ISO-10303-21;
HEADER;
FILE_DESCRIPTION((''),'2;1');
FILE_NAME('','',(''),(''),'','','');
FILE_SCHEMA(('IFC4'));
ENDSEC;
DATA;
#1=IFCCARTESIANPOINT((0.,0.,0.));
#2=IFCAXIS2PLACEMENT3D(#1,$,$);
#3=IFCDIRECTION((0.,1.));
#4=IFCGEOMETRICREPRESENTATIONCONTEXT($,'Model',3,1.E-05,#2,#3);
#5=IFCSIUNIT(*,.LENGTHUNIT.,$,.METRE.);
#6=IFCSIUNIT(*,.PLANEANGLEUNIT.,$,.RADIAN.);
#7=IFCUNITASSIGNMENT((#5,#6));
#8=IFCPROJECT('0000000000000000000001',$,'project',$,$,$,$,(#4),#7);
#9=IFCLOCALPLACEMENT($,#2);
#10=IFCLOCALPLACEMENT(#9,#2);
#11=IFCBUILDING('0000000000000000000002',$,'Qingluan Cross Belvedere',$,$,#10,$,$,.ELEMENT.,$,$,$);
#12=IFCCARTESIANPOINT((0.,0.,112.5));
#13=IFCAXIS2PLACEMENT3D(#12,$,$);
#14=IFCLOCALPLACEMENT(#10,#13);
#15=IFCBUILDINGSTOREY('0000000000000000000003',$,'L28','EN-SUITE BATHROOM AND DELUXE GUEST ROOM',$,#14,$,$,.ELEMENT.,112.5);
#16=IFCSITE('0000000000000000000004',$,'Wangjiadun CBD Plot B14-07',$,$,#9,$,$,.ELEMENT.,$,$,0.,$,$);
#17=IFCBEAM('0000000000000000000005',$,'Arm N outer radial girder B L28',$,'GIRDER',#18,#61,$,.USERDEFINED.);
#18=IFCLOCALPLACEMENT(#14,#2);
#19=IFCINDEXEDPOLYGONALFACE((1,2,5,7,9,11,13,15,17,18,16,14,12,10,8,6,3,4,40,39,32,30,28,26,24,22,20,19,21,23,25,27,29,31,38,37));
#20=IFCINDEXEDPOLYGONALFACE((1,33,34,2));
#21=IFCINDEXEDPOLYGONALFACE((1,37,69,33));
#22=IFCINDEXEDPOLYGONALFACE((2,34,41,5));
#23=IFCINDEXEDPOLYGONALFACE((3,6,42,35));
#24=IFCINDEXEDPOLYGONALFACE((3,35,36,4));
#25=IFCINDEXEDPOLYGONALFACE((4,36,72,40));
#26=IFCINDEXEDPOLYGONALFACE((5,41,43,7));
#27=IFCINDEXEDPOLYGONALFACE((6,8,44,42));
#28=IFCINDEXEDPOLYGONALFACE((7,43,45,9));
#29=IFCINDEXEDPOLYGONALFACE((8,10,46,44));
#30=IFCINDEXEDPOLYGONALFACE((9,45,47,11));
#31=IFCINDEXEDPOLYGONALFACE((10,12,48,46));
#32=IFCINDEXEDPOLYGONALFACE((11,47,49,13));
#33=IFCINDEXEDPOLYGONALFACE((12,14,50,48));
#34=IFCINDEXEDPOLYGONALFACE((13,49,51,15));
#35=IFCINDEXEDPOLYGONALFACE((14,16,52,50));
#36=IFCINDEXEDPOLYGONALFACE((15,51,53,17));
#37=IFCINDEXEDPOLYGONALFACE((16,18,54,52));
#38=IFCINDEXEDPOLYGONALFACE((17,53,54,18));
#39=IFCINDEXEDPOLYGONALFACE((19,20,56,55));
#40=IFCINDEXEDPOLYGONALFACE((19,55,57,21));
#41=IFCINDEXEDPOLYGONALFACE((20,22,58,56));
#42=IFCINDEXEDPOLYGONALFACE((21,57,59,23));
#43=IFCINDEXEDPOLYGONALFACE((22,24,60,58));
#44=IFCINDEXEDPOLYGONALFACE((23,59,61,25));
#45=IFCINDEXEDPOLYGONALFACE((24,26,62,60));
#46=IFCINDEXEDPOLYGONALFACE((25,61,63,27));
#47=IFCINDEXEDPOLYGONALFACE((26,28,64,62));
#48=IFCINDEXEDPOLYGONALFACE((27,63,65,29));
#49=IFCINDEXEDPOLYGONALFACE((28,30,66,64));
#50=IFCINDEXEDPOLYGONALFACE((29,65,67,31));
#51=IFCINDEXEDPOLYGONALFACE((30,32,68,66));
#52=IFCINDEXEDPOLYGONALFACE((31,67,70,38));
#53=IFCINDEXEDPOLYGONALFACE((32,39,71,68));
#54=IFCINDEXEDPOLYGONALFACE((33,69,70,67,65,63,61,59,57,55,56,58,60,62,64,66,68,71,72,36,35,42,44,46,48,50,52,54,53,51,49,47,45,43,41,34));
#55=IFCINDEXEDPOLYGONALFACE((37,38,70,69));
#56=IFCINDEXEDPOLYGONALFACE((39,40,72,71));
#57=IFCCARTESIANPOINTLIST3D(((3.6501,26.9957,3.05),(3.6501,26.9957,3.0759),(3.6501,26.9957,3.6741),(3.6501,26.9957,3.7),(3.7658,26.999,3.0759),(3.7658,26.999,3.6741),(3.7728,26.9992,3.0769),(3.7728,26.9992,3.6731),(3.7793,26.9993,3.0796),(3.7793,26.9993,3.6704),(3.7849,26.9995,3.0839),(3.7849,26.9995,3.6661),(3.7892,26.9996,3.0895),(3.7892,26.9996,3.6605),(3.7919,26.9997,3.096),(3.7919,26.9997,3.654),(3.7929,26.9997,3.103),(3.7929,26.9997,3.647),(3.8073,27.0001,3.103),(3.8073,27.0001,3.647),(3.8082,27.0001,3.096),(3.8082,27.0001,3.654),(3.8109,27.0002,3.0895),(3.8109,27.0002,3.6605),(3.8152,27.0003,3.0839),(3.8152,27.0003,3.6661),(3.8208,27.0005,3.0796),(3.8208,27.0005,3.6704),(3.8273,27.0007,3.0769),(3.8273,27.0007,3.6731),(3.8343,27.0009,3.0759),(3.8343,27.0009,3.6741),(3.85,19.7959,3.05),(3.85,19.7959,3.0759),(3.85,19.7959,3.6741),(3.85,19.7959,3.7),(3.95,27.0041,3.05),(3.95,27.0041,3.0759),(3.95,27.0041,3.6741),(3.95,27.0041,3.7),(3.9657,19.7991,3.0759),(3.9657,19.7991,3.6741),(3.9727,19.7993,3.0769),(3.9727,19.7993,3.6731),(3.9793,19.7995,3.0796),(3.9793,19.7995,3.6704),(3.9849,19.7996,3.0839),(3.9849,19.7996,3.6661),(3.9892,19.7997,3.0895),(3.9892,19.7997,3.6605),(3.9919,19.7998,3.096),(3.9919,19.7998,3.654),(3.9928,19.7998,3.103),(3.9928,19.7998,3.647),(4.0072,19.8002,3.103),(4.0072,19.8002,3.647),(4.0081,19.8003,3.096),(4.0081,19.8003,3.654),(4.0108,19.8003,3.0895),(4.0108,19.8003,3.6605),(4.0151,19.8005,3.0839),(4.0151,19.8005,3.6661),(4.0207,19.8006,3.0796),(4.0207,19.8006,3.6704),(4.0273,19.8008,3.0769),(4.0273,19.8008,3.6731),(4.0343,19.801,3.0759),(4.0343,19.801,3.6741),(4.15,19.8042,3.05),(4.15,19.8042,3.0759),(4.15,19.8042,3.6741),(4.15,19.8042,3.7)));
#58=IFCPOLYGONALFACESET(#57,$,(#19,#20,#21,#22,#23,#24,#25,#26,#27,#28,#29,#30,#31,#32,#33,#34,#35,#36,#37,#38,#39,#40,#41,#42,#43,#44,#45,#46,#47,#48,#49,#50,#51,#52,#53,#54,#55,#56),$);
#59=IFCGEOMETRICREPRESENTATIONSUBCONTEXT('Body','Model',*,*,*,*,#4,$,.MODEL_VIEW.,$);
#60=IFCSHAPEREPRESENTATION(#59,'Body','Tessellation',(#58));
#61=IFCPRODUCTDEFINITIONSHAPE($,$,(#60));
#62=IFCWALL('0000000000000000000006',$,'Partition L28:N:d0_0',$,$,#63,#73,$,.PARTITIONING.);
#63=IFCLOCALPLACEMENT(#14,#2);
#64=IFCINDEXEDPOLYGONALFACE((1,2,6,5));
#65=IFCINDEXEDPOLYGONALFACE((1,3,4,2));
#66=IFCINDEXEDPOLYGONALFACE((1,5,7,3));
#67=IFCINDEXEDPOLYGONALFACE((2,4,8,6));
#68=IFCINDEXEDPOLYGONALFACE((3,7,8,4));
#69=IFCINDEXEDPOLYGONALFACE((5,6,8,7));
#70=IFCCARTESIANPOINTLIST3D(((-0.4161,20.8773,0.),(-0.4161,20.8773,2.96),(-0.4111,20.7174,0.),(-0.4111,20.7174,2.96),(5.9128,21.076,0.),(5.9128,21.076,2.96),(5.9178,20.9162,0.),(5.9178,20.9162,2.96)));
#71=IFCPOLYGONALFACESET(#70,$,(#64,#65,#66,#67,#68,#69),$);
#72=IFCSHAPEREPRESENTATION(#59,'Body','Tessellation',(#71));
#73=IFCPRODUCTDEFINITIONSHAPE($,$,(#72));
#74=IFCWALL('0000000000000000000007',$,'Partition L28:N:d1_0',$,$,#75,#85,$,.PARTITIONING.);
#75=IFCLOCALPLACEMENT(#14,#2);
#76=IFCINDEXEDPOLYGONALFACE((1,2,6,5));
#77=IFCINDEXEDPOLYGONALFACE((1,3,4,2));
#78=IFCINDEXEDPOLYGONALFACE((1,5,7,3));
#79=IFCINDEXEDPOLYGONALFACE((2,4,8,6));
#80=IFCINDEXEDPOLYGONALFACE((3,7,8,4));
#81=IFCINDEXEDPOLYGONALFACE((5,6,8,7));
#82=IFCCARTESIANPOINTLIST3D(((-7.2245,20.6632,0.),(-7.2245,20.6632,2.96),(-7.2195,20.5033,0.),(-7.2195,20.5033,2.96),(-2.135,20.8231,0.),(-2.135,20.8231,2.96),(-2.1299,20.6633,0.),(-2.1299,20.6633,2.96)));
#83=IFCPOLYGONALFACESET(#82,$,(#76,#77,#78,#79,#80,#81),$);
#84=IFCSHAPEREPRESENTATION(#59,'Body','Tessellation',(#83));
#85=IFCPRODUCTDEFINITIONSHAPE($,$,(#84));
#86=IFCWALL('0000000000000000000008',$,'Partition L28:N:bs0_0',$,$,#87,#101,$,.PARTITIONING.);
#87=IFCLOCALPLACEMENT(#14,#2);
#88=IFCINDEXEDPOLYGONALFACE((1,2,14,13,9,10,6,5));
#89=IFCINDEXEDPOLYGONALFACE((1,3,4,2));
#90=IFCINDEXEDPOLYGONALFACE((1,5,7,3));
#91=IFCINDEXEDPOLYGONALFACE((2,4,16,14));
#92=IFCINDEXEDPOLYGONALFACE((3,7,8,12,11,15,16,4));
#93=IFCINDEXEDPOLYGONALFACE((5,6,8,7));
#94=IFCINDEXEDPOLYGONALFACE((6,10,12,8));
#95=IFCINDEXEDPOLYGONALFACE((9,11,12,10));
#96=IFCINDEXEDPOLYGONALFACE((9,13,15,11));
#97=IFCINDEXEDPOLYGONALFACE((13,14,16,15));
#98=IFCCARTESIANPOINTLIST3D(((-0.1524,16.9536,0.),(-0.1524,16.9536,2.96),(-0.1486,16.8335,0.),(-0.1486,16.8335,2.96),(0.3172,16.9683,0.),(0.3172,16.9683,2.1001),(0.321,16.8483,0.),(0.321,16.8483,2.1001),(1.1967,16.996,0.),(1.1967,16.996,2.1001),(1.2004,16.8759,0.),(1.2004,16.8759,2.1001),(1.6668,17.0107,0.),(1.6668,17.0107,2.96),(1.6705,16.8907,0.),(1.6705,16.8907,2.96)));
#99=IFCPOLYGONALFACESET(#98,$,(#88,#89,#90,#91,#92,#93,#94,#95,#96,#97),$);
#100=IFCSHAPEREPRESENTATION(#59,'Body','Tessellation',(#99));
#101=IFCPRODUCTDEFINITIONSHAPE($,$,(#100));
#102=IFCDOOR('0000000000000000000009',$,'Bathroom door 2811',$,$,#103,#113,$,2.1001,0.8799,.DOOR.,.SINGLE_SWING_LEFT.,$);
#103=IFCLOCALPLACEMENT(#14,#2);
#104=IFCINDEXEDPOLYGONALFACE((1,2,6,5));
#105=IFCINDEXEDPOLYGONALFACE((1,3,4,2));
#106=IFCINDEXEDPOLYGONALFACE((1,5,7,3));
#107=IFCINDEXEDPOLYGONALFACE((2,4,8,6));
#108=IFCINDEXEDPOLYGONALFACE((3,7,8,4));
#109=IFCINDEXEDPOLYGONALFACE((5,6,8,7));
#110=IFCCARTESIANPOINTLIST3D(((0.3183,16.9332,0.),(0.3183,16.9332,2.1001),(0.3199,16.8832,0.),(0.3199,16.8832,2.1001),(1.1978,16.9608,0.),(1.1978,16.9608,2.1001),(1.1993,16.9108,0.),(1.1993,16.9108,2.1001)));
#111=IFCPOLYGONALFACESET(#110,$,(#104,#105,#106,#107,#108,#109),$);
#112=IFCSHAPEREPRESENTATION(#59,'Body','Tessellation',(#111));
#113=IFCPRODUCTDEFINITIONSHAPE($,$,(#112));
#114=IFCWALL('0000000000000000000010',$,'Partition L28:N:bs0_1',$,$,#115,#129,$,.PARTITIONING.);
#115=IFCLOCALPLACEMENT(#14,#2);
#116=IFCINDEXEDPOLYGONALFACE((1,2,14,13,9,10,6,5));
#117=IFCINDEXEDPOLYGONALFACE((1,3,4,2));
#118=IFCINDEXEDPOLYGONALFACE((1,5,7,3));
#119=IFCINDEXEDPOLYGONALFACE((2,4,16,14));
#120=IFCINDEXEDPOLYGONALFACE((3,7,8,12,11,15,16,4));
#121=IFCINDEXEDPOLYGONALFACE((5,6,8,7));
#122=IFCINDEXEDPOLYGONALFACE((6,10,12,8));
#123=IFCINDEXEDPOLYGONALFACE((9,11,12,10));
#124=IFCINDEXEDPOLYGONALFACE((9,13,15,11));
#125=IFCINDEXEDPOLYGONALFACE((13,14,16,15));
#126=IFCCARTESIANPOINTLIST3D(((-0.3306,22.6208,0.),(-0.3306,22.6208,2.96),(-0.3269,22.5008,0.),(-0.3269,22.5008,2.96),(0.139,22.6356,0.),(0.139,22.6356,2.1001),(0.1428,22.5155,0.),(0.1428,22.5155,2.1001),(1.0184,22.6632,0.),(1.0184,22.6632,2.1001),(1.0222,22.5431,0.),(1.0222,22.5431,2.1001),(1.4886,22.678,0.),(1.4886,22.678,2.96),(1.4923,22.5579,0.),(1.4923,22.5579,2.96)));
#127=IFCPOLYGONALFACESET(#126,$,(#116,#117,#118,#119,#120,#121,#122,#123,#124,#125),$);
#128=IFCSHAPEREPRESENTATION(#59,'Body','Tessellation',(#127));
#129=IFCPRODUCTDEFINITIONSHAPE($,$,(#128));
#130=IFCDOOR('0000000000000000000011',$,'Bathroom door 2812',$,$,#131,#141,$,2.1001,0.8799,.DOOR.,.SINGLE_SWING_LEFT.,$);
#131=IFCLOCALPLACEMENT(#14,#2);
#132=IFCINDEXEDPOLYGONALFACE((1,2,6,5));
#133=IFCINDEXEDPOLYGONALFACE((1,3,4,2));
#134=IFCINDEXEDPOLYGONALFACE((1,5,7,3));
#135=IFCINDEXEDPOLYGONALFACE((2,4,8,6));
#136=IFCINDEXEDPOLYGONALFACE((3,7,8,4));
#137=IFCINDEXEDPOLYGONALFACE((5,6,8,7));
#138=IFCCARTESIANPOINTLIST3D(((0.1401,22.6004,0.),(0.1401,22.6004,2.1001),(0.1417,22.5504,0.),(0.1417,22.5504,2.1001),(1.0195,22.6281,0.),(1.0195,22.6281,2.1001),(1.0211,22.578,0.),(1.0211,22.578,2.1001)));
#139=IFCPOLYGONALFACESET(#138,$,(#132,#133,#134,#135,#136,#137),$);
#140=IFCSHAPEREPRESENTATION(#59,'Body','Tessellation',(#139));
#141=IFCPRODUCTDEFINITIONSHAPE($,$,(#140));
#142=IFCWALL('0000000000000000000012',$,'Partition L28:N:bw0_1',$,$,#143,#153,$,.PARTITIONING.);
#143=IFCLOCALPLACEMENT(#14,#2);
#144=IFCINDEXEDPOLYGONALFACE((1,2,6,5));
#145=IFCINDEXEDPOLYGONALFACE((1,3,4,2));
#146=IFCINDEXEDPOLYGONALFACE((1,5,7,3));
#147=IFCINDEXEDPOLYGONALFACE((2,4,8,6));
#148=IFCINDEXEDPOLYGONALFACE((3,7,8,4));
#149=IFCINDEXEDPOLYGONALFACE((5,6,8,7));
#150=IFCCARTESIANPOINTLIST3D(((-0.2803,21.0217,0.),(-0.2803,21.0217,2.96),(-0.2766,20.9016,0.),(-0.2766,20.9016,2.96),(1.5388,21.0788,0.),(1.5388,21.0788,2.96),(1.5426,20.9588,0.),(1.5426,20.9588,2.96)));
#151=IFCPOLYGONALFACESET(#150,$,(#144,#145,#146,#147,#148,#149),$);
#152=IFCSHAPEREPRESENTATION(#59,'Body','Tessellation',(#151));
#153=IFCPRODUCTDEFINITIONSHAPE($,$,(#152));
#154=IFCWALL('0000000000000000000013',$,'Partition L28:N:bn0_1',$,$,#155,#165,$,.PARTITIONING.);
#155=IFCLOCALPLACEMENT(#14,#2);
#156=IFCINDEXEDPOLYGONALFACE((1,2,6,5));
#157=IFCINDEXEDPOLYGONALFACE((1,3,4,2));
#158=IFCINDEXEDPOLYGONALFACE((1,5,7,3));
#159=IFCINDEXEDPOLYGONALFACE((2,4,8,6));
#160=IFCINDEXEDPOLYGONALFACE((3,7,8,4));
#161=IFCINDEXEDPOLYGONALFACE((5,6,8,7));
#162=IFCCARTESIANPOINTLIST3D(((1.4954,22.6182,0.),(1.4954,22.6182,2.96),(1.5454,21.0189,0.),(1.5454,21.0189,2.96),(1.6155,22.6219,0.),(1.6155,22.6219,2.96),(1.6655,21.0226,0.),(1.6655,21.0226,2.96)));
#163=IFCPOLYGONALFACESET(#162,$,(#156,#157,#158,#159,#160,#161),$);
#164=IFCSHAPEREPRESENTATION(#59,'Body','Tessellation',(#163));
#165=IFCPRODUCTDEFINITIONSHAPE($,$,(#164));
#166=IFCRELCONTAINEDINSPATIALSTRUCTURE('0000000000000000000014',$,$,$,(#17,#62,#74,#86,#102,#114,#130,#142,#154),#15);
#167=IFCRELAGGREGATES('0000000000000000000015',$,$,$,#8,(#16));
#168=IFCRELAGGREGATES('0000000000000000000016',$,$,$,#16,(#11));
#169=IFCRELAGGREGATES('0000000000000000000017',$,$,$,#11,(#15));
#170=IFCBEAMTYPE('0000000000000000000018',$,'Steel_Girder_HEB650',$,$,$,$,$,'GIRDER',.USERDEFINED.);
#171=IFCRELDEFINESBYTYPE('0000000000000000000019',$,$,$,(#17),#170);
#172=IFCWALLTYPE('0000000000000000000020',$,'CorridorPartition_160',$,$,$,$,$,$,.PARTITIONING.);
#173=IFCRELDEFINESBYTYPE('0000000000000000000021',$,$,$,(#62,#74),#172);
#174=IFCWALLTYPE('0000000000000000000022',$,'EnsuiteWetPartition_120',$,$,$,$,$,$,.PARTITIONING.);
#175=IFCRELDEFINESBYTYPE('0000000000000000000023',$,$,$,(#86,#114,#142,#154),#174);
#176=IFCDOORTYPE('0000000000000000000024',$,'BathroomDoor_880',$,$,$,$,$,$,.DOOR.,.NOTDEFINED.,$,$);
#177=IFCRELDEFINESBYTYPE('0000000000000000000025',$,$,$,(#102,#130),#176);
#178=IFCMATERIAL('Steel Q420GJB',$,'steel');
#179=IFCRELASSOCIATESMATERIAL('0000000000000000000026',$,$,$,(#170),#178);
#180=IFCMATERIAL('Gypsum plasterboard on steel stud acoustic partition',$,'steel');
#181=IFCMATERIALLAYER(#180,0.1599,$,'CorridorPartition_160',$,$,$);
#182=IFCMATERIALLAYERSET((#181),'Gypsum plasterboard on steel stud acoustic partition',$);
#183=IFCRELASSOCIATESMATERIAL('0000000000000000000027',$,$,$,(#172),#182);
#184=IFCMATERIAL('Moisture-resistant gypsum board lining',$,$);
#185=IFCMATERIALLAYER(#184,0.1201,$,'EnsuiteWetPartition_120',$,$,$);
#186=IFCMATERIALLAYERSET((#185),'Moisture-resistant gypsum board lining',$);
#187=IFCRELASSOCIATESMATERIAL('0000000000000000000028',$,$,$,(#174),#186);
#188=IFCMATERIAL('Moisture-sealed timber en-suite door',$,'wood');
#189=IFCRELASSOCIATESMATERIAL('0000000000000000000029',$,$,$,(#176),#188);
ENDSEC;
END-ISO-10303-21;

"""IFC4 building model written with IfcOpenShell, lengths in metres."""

from ifc_helpers import new_model, si_unit, direction, frame, frame_2d, origin, origin_2d, place, context, subcontext, project, spatial, rectangle, i_section, extrude, material, layer, layer_set, material_profile, profile_set, type_object, element, fill, save


model = new_model("IFC4")

# Units and contexts
model_context = context("Model", 3, precision=1e-05, world=origin(), true_north=direction((0.0, 1.0)))
body_context = subcontext(model_context, "Body", "Model", "MODEL_VIEW")
ifc_project = project(units=[si_unit("LENGTHUNIT", "METRE"), si_unit("PLANEANGLEUNIT", "RADIAN")], contexts=[model_context])

# Site, building, storey
site_placement = place(None, origin())
site = spatial("IfcSite", under=ifc_project, at=site_placement, Name="Wangjiadun CBD Plot B14-07", CompositionType="ELEMENT", RefElevation=0.0)
building_placement = place(site_placement, origin())
building = spatial("IfcBuilding", under=site, at=building_placement, Name="Qingluan Cross Belvedere", CompositionType="ELEMENT")
storey_placement = place(building_placement, frame((0.0, 0.0, 112.5)))
storey = spatial("IfcBuildingStorey", under=building, at=storey_placement, Name="L28", Description="EN-SUITE BATHROOM AND DELUXE GUEST ROOM", CompositionType="ELEMENT", Elevation=112.5)

# Beam
ifc_material_1 = material(Name="Steel Q420GJB", Category="steel")
ifc_material_profile_1 = material_profile(ifc_material_1, i_section(OverallWidth=0.3, OverallDepth=0.6499, WebThickness=0.0144, FlangeThickness=0.0259, FilletRadius=0.0271, at=origin_2d()), Name="HEB650")
ifc_profile_set_1 = profile_set([ifc_material_profile_1], Name="Steel Q420GJB")
beam_type_1 = type_object("IfcBeamType", Name="Steel_Girder_HEB650", ElementType="GIRDER", PredefinedType="USERDEFINED", material=ifc_profile_set_1)
beam_1_placement = place(storey_placement, frame((4.0, 19.8, 3.375), z_axis=(-0.02776, 0.999615, 0.0), x_axis=(-0.999615, -0.02776, 0.0)))
element("IfcBeam", 1, at=beam_1_placement, inside=storey, type_object=beam_type_1, Name="Arm N outer radial girder B L28", ObjectType="GIRDER", PredefinedType="USERDEFINED", context=body_context, shape_type="SweptSolid", body=[
    extrude(i_section(OverallWidth=0.3, OverallDepth=0.6499, WebThickness=0.0144, FlangeThickness=0.0259, FilletRadius=0.0271, at=origin_2d()), origin(), (0.0, 0.0, 1.0), 7.2026),
])

# Walls
ifc_material_2 = material(Name="Gypsum plasterboard on steel stud acoustic partition", Category="steel")
ifc_layer_1 = layer(ifc_material_2, 0.1599, Name="CorridorPartition_160")
ifc_layer_set_1 = layer_set([ifc_layer_1], Name="Gypsum plasterboard on steel stud acoustic partition")
wall_type_1 = type_object("IfcWallType", Name="CorridorPartition_160", PredefinedType="PARTITIONING", material=ifc_layer_set_1)
wall_1_placement = place(storey_placement, frame((-0.4136, 20.7974, 0.0), z_axis=(0.0, 0.0, 1.0), x_axis=(0.999507, 0.031385, 0.0)))
element("IfcWall", 2, at=wall_1_placement, inside=storey, type_object=wall_type_1, Name="Partition L28:N:d0_0", PredefinedType="PARTITIONING", context=body_context, shape_type="SweptSolid", body=[
    extrude(rectangle(XDim=6.332, YDim=0.1599, at=frame_2d((3.166, 0.0))), origin(), (0.0, 0.0, 1.0), 2.96),
])
wall_2_placement = place(storey_placement, frame((-2.1326, 20.7432, 0.0), z_axis=(0.0, 0.0, 1.0), x_axis=(-0.999507, -0.031404, 0.0)))
element("IfcWall", 3, at=wall_2_placement, inside=storey, type_object=wall_type_1, Name="Partition L28:N:d1_0", PredefinedType="PARTITIONING", context=body_context, shape_type="SweptSolid", body=[
    extrude(rectangle(XDim=5.092, YDim=0.1599, at=frame_2d((2.5459, 0.0))), origin(), (0.0, 0.0, 1.0), 2.96),
])

# Walls, openings, doors
ifc_material_3 = material(Name="Moisture-resistant gypsum board lining")
ifc_layer_2 = layer(ifc_material_3, 0.1201, Name="EnsuiteWetPartition_120")
ifc_layer_set_2 = layer_set([ifc_layer_2], Name="Moisture-resistant gypsum board lining")
wall_type_2 = type_object("IfcWallType", Name="EnsuiteWetPartition_120", PredefinedType="PARTITIONING", material=ifc_layer_set_2)
wall_3_placement = place(storey_placement, frame((-0.1506, 16.8936, 0.0), z_axis=(0.0, 0.0, 1.0), x_axis=(0.999507, 0.03139, 0.0)))
wall_3 = element("IfcWall", 4, at=wall_3_placement, inside=storey, type_object=wall_type_2, Name="Partition L28:N:bs0_0", PredefinedType="PARTITIONING", context=body_context, shape_type="SweptSolid", body=[
    extrude(rectangle(XDim=1.8201, YDim=0.1201, at=frame_2d((0.9102, 0.0))), origin(), (0.0, 0.0, 1.0), 2.96),
])
opening_1_placement = place(wall_3_placement, frame((0.47, 0.0, 0.0)))
opening_1 = element("IfcOpeningElement", 5, at=opening_1_placement, cuts=wall_3, PredefinedType="OPENING", context=body_context, shape_type="SweptSolid", body=[
    extrude(rectangle(XDim=0.8799, YDim=2.1001, at=frame_2d((0.4399, 1.05))), frame((0.0, 0.0701, 0.0), z_axis=(0.0, -1.0, 0.0), x_axis=(1.0, 0.0, 0.0)), (0.0, 0.0, 1.0), 0.1401),
])
ifc_material_4 = material(Name="Moisture-sealed timber en-suite door", Category="wood")
door_type = type_object("IfcDoorType", Name="BathroomDoor_880", OperationType="NOTDEFINED", PredefinedType="DOOR", material=ifc_material_4)
door_1_placement = place(opening_1_placement, origin())
door_1 = element("IfcDoor", 6, at=door_1_placement, inside=storey, type_object=door_type, Name="Bathroom door 2811", OperationType="SINGLE_SWING_LEFT", OverallHeight=2.1001, OverallWidth=0.8799, PredefinedType="DOOR", context=body_context, shape_type="SweptSolid", body=[
    extrude(rectangle(XDim=0.8799, YDim=2.1001, at=frame_2d((0.4399, 1.05))), frame((0.0, 0.0249, 0.0), z_axis=(0.0, -1.0, 0.0), x_axis=(1.0, 0.0, 0.0)), (0.0, 0.0, 1.0), 0.05),
])
fill(opening_1, door_1)
wall_4_placement = place(storey_placement, frame((-0.3289, 22.5608, 0.0), z_axis=(0.0, 0.0, 1.0), x_axis=(0.999507, 0.03139, 0.0)))
wall_4 = element("IfcWall", 7, at=wall_4_placement, inside=storey, type_object=wall_type_2, Name="Partition L28:N:bs0_1", PredefinedType="PARTITIONING", context=body_context, shape_type="SweptSolid", body=[
    extrude(rectangle(XDim=1.8201, YDim=0.1201, at=frame_2d((0.9102, 0.0))), origin(), (0.0, 0.0, 1.0), 2.96),
])
opening_2_placement = place(wall_4_placement, frame((0.47, 0.0, 0.0)))
opening_2 = element("IfcOpeningElement", 8, at=opening_2_placement, cuts=wall_4, PredefinedType="OPENING", context=body_context, shape_type="SweptSolid", body=[
    extrude(rectangle(XDim=0.8799, YDim=2.1001, at=frame_2d((0.4399, 1.05))), frame((0.0, 0.0701, 0.0), z_axis=(0.0, -1.0, 0.0), x_axis=(1.0, 0.0, 0.0)), (0.0, 0.0, 1.0), 0.1401),
])
door_2_placement = place(opening_2_placement, origin())
door_2 = element("IfcDoor", 9, at=door_2_placement, inside=storey, type_object=door_type, Name="Bathroom door 2812", OperationType="SINGLE_SWING_LEFT", OverallHeight=2.1001, OverallWidth=0.8799, PredefinedType="DOOR", context=body_context, shape_type="SweptSolid", body=[
    extrude(rectangle(XDim=0.8799, YDim=2.1001, at=frame_2d((0.4399, 1.05))), frame((0.0, 0.0249, 0.0), z_axis=(0.0, -1.0, 0.0), x_axis=(1.0, 0.0, 0.0)), (0.0, 0.0, 1.0), 0.05),
])
fill(opening_2, door_2)

# Walls
wall_5_placement = place(storey_placement, frame((-0.2786, 20.9617, 0.0), z_axis=(0.0, 0.0, 1.0), x_axis=(0.999507, 0.03139, 0.0)))
element("IfcWall", 10, at=wall_5_placement, inside=storey, type_object=wall_type_2, Name="Partition L28:N:bw0_1", PredefinedType="PARTITIONING", context=body_context, shape_type="SweptSolid", body=[
    extrude(rectangle(XDim=1.8201, YDim=0.1201, at=frame_2d((0.9102, 0.0))), origin(), (0.0, 0.0, 1.0), 2.96),
])
wall_6_placement = place(storey_placement, frame((1.6055, 21.0208, 0.0), z_axis=(0.0, 0.0, 1.0), x_axis=(-0.031278, 0.999511, 0.0)))
element("IfcWall", 11, at=wall_6_placement, inside=storey, type_object=wall_type_2, Name="Partition L28:N:bn0_1", PredefinedType="PARTITIONING", context=body_context, shape_type="SweptSolid", body=[
    extrude(rectangle(XDim=1.6001, YDim=0.1201, at=frame_2d((0.8, 0.0))), origin(), (0.0, 0.0, 1.0), 2.96),
])

save(model, "model.ifc")
